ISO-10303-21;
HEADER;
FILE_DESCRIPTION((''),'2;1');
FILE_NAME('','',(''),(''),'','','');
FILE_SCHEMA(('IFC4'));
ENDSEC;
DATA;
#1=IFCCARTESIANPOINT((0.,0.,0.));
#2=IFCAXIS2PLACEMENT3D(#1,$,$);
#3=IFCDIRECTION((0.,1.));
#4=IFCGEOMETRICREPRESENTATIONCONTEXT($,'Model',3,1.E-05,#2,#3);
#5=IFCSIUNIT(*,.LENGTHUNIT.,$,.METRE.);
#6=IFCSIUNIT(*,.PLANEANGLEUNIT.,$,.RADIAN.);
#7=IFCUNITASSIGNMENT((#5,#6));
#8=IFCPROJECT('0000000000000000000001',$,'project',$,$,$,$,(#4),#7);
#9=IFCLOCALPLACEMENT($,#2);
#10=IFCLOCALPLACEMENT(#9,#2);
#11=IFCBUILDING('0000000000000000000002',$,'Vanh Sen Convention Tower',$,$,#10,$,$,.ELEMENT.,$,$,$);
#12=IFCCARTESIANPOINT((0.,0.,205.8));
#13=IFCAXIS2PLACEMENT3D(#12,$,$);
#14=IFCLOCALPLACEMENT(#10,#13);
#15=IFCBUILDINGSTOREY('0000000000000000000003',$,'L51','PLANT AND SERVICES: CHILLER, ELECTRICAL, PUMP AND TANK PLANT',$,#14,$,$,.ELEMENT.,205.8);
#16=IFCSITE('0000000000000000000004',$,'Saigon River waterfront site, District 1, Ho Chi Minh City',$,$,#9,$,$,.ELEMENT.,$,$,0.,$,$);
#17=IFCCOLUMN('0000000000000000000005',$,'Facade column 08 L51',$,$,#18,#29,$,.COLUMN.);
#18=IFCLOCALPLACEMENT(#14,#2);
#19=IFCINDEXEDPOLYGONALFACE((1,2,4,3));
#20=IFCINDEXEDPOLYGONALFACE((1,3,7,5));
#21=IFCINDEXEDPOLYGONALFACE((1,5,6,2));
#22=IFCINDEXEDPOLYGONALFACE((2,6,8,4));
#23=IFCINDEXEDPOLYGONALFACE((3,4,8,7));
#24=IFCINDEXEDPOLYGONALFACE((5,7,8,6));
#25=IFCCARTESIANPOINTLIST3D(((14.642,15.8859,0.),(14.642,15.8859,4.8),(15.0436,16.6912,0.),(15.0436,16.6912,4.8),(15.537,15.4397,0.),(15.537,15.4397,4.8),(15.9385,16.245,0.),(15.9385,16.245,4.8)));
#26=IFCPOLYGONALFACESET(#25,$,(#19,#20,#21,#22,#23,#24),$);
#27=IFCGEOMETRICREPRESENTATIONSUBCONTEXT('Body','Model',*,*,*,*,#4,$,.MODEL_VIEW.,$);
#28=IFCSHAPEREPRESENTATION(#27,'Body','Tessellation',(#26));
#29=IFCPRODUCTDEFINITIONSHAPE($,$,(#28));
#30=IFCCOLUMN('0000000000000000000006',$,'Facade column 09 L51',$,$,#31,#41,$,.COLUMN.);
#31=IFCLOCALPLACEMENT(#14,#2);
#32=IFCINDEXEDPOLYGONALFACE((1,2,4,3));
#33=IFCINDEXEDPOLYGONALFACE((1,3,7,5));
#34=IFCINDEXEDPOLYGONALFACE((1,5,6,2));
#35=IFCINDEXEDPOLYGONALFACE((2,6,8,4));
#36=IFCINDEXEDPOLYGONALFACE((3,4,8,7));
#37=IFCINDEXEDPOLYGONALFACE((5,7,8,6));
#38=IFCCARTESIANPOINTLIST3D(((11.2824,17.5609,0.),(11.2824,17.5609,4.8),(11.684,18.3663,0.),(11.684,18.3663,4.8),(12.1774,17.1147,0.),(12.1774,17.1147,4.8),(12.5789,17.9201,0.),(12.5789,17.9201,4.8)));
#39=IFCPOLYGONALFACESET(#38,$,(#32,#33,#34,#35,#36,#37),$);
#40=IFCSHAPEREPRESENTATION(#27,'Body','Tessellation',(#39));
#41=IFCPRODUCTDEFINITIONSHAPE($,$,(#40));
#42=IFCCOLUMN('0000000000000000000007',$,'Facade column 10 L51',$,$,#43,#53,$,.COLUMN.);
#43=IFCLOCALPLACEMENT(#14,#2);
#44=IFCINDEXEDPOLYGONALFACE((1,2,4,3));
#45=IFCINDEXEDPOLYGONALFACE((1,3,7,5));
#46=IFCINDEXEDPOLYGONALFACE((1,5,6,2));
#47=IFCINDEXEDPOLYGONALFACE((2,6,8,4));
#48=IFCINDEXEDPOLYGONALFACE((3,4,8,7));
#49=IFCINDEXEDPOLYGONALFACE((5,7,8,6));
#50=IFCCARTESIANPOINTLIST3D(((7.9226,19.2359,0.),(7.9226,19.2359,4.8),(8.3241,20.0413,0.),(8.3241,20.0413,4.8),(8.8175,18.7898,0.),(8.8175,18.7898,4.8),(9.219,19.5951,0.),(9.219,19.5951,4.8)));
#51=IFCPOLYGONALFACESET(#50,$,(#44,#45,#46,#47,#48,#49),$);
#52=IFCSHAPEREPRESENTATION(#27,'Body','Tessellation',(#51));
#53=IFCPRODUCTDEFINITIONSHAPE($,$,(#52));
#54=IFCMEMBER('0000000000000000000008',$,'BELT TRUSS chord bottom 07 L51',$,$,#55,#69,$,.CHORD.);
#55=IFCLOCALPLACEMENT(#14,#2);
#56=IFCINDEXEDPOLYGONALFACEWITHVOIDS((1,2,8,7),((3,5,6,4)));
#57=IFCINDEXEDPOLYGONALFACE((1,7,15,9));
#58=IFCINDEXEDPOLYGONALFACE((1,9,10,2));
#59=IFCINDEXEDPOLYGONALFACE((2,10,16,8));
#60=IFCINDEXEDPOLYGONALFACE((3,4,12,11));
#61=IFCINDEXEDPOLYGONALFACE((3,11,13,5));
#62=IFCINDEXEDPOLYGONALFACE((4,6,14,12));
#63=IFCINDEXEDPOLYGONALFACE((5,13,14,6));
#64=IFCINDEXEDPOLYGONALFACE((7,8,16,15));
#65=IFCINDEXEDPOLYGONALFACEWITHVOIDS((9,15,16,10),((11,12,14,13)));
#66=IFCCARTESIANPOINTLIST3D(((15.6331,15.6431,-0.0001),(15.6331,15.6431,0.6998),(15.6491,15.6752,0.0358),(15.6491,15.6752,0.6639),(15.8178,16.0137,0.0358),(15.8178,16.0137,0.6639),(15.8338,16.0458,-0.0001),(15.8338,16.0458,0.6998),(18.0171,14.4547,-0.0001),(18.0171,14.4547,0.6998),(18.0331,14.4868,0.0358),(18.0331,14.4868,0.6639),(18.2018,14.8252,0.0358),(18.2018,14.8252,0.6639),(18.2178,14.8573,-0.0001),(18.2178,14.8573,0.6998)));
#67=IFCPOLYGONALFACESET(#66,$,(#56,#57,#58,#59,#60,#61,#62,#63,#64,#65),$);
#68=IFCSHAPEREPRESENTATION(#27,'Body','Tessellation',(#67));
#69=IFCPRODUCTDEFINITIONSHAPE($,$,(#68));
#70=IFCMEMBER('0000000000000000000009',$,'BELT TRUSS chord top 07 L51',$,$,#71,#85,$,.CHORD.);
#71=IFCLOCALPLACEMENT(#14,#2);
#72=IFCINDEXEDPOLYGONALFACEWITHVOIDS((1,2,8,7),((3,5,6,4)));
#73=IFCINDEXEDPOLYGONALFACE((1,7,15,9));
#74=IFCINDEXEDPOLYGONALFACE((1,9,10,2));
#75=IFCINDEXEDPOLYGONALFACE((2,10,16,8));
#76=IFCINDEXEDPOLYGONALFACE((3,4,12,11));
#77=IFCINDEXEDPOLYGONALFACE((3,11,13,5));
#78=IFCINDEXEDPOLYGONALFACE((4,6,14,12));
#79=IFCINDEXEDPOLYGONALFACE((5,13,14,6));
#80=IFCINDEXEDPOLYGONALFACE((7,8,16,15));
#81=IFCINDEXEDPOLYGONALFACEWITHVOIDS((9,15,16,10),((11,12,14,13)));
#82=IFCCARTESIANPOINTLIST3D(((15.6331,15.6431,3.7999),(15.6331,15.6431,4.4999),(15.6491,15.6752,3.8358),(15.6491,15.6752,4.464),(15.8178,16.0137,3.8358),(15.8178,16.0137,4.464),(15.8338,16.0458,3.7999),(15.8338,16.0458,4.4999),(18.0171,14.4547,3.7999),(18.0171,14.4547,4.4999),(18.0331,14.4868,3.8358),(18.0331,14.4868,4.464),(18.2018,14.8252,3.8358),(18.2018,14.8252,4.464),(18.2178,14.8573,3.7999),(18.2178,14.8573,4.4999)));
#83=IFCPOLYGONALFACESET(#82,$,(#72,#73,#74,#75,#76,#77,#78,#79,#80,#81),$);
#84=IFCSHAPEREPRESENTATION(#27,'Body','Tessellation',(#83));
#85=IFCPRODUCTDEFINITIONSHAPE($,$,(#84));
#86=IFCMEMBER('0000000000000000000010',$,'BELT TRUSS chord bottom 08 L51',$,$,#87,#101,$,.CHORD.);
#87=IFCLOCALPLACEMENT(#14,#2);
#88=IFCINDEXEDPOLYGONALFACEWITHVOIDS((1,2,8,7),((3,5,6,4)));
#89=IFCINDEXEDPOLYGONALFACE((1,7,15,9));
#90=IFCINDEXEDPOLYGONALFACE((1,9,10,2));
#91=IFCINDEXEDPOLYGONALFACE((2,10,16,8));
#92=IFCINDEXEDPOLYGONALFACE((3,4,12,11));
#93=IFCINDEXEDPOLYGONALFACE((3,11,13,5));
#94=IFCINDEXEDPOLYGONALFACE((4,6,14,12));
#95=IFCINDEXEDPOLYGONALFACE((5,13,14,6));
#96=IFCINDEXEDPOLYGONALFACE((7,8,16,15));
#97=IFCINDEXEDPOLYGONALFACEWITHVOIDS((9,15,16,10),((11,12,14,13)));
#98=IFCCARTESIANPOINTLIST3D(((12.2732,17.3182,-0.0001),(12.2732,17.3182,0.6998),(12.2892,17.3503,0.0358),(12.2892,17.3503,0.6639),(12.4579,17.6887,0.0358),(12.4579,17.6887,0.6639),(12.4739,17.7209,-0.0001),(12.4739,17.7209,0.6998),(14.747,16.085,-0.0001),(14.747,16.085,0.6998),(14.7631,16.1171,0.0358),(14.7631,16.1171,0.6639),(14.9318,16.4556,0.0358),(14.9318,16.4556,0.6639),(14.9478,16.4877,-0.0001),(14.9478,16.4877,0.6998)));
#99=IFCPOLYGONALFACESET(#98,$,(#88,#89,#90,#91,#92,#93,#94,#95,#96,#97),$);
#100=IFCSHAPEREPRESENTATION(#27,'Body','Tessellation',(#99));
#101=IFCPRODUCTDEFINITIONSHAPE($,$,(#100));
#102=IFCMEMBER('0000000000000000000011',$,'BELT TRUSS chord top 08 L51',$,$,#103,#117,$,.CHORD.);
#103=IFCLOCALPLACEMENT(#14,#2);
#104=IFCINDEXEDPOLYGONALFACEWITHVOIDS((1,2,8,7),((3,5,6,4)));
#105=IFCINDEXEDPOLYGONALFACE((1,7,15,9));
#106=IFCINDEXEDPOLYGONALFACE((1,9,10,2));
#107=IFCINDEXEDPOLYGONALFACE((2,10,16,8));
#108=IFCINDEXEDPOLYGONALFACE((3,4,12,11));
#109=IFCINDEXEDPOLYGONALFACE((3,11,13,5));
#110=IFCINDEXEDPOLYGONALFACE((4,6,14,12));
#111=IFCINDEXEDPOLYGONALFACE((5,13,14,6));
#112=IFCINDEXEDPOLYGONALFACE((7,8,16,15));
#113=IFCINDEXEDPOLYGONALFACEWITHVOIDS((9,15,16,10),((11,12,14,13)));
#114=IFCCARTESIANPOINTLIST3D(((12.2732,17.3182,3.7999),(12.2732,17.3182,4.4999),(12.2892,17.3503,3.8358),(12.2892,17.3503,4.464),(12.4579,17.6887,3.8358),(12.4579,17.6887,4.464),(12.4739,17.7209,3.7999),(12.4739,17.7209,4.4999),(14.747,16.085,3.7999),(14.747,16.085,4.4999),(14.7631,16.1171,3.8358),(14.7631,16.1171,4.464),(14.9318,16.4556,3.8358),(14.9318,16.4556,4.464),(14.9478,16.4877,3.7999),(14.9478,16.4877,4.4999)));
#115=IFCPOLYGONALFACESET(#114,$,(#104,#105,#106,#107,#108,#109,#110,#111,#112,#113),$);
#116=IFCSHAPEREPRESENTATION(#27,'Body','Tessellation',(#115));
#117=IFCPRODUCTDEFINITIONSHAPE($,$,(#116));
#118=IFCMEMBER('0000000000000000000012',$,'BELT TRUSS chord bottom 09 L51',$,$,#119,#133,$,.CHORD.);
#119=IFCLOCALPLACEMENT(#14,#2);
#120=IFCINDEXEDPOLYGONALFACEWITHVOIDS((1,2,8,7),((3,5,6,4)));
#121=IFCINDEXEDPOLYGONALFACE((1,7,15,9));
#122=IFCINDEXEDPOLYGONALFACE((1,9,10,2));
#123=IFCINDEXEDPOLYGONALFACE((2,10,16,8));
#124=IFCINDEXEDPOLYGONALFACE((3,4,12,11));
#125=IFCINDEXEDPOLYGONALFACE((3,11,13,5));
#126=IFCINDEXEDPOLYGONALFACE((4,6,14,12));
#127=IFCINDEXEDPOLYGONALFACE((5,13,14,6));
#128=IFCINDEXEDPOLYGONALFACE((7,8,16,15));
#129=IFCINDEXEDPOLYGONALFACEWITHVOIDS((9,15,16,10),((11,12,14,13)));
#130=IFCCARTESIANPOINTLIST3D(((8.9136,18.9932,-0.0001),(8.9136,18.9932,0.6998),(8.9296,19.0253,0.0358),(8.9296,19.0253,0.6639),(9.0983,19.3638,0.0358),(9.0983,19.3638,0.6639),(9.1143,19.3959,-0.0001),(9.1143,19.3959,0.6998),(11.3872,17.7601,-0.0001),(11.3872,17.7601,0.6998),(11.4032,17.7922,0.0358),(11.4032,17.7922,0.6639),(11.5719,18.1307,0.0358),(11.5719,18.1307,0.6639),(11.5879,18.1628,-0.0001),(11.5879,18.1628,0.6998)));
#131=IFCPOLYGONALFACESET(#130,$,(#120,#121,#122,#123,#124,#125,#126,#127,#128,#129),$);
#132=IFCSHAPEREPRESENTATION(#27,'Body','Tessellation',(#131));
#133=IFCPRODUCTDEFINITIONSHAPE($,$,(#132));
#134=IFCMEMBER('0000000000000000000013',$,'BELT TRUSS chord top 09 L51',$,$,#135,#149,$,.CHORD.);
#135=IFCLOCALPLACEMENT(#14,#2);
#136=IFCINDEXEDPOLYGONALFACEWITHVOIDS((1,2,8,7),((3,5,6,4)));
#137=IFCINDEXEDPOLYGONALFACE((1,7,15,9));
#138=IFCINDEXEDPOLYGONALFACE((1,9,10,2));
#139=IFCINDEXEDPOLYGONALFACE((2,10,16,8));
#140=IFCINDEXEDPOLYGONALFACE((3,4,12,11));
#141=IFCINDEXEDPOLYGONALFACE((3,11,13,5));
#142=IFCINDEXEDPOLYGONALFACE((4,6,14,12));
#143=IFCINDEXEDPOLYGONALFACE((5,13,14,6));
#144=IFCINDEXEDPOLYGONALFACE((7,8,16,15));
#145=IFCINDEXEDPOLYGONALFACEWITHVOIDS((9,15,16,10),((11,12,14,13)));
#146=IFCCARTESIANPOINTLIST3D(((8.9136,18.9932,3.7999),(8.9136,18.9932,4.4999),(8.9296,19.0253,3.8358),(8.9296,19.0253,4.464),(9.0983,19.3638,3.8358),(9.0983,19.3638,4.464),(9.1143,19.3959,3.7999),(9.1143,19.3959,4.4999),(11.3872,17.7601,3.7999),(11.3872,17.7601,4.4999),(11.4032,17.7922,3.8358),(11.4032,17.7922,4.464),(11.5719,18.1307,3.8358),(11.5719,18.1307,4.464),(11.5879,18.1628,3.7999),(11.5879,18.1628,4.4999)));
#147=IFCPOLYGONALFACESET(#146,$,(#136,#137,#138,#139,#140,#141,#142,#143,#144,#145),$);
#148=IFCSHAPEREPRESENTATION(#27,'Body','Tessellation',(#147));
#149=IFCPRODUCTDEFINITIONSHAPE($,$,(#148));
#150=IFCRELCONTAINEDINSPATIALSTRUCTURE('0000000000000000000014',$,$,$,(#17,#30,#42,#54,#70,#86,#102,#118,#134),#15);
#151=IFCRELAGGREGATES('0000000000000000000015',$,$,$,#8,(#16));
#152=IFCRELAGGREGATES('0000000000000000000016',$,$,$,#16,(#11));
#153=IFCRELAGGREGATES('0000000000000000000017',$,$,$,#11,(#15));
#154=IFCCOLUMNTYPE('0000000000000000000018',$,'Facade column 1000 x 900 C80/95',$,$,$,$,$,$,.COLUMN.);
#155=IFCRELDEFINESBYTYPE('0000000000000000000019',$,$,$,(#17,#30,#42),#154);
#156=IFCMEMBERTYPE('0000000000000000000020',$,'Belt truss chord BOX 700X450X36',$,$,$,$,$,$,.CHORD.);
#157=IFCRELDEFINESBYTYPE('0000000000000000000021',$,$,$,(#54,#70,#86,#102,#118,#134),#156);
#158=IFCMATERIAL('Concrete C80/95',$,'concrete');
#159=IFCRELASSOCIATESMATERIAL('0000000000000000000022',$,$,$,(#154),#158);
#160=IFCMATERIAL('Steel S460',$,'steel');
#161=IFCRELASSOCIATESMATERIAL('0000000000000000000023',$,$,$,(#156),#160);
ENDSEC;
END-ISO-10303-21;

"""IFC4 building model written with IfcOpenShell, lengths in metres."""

from ifc_helpers import new_model, si_unit, direction, frame, origin, origin_2d, place, context, subcontext, project, spatial, rectangle, hollow_rectangle, extrude, material, material_profile, profile_set, type_object, element, save


model = new_model("IFC4")

# Units and contexts
model_context = context("Model", 3, precision=1e-05, world=origin(), true_north=direction((0.0, 1.0)))
body_context = subcontext(model_context, "Body", "Model", "MODEL_VIEW")
ifc_project = project(units=[si_unit("LENGTHUNIT", "METRE"), si_unit("PLANEANGLEUNIT", "RADIAN")], contexts=[model_context])

# Site, building, storey
site_placement = place(None, origin())
site = spatial("IfcSite", under=ifc_project, at=site_placement, Name="Saigon River waterfront site, District 1, Ho Chi Minh City", CompositionType="ELEMENT", RefElevation=0.0)
building_placement = place(site_placement, origin())
building = spatial("IfcBuilding", under=site, at=building_placement, Name="Vanh Sen Convention Tower", CompositionType="ELEMENT")
storey_placement = place(building_placement, frame((0.0, 0.0, 205.8)))
storey = spatial("IfcBuildingStorey", under=building, at=storey_placement, Name="L51", Description="PLANT AND SERVICES: CHILLER, ELECTRICAL, PUMP AND TANK PLANT", CompositionType="ELEMENT", Elevation=205.8)

# Columns
ifc_material_1 = material(Name="Concrete C80/95", Category="concrete")
ifc_material_profile_1 = material_profile(ifc_material_1, rectangle(XDim=1.0, YDim=0.8999, at=origin_2d()), Name="RC 1000X900")
ifc_profile_set_1 = profile_set([ifc_material_profile_1], Name="Concrete C80/95")
column_type = type_object("IfcColumnType", Name="Facade column 1000 x 900 C80/95", PredefinedType="COLUMN", material=ifc_profile_set_1)
for number, where, z_axis, x_axis, name in (
    (1, (15.2903, 16.0654, 0.0), (0.0, 0.0, 1.0), (-0.894934, 0.446198, 0.0), "Facade column 08 L51"),
    (2, (11.9307, 17.7405, 0.0), (0.0, 0.0, 1.0), (-0.894934, 0.446198, 0.0), "Facade column 09 L51"),
    (3, (8.5708, 19.4155, 0.0), (0.0, 0.0, 1.0), (-0.894934, 0.446198, 0.0), "Facade column 10 L51"),
):
    element("IfcColumn", number, at=place(storey_placement, frame(where, z_axis=z_axis, x_axis=x_axis)), inside=storey, type_object=column_type, Name=name, PredefinedType="COLUMN", context=body_context, shape_type="SweptSolid", body=[
        extrude(rectangle(XDim=1.0, YDim=0.8999, at=origin_2d()), origin(), (0.0, 0.0, 1.0), 4.8),
    ])

# Members
ifc_material_2 = material(Name="Steel S460", Category="steel")
ifc_material_profile_2 = material_profile(ifc_material_2, hollow_rectangle(XDim=0.45, YDim=0.7, WallThickness=0.0359, at=origin_2d()), Name="BOX 700X450X36")
ifc_profile_set_2 = profile_set([ifc_material_profile_2], Name="Steel S460")
member_type_1 = type_object("IfcMemberType", Name="Belt truss chord BOX 700X450X36", PredefinedType="CHORD", material=ifc_profile_set_2)
for number, where, z_axis, x_axis, name in (
    (4, (18.1174, 14.656, 0.3499), (-0.894958, 0.44615, 0.0), (-0.44615, -0.894958, 0.0), "BELT TRUSS chord bottom 07 L51"),
    (5, (18.1174, 14.656, 4.1499), (-0.894958, 0.44615, 0.0), (-0.44615, -0.894958, 0.0), "BELT TRUSS chord top 07 L51"),
):
    element("IfcMember", number, at=place(storey_placement, frame(where, z_axis=z_axis, x_axis=x_axis)), inside=storey, type_object=member_type_1, Name=name, PredefinedType="CHORD", context=body_context, shape_type="SweptSolid", body=[
        extrude(hollow_rectangle(XDim=0.45, YDim=0.7, WallThickness=0.0359, at=origin_2d()), origin(), (0.0, 0.0, 1.0), 2.6638),
    ])
for number, where, z_axis, x_axis, name in (
    (6, (14.8474, 16.2864, 0.3499), (-0.894974, 0.446118, 0.0), (-0.446118, -0.894974, 0.0), "BELT TRUSS chord bottom 08 L51"),
    (7, (14.8474, 16.2864, 4.1499), (-0.894974, 0.446118, 0.0), (-0.446118, -0.894974, 0.0), "BELT TRUSS chord top 08 L51"),
):
    element("IfcMember", number, at=place(storey_placement, frame(where, z_axis=z_axis, x_axis=x_axis)), inside=storey, type_object=member_type_1, Name=name, PredefinedType="CHORD", context=body_context, shape_type="SweptSolid", body=[
        extrude(hollow_rectangle(XDim=0.45, YDim=0.7, WallThickness=0.0359, at=origin_2d()), origin(), (0.0, 0.0, 1.0), 2.7642),
    ])
for number, where, z_axis, x_axis, name in (
    (8, (11.4875, 17.9614, 0.3499), (-0.894957, 0.446153, 0.0), (-0.446153, -0.894957, 0.0), "BELT TRUSS chord bottom 09 L51"),
    (9, (11.4875, 17.9614, 4.1499), (-0.894957, 0.446153, 0.0), (-0.446153, -0.894957, 0.0), "BELT TRUSS chord top 09 L51"),
):
    element("IfcMember", number, at=place(storey_placement, frame(where, z_axis=z_axis, x_axis=x_axis)), inside=storey, type_object=member_type_1, Name=name, PredefinedType="CHORD", context=body_context, shape_type="SweptSolid", body=[
        extrude(hollow_rectangle(XDim=0.45, YDim=0.7, WallThickness=0.0359, at=origin_2d()), origin(), (0.0, 0.0, 1.0), 2.7639),
    ])

save(model, "model.ifc")
